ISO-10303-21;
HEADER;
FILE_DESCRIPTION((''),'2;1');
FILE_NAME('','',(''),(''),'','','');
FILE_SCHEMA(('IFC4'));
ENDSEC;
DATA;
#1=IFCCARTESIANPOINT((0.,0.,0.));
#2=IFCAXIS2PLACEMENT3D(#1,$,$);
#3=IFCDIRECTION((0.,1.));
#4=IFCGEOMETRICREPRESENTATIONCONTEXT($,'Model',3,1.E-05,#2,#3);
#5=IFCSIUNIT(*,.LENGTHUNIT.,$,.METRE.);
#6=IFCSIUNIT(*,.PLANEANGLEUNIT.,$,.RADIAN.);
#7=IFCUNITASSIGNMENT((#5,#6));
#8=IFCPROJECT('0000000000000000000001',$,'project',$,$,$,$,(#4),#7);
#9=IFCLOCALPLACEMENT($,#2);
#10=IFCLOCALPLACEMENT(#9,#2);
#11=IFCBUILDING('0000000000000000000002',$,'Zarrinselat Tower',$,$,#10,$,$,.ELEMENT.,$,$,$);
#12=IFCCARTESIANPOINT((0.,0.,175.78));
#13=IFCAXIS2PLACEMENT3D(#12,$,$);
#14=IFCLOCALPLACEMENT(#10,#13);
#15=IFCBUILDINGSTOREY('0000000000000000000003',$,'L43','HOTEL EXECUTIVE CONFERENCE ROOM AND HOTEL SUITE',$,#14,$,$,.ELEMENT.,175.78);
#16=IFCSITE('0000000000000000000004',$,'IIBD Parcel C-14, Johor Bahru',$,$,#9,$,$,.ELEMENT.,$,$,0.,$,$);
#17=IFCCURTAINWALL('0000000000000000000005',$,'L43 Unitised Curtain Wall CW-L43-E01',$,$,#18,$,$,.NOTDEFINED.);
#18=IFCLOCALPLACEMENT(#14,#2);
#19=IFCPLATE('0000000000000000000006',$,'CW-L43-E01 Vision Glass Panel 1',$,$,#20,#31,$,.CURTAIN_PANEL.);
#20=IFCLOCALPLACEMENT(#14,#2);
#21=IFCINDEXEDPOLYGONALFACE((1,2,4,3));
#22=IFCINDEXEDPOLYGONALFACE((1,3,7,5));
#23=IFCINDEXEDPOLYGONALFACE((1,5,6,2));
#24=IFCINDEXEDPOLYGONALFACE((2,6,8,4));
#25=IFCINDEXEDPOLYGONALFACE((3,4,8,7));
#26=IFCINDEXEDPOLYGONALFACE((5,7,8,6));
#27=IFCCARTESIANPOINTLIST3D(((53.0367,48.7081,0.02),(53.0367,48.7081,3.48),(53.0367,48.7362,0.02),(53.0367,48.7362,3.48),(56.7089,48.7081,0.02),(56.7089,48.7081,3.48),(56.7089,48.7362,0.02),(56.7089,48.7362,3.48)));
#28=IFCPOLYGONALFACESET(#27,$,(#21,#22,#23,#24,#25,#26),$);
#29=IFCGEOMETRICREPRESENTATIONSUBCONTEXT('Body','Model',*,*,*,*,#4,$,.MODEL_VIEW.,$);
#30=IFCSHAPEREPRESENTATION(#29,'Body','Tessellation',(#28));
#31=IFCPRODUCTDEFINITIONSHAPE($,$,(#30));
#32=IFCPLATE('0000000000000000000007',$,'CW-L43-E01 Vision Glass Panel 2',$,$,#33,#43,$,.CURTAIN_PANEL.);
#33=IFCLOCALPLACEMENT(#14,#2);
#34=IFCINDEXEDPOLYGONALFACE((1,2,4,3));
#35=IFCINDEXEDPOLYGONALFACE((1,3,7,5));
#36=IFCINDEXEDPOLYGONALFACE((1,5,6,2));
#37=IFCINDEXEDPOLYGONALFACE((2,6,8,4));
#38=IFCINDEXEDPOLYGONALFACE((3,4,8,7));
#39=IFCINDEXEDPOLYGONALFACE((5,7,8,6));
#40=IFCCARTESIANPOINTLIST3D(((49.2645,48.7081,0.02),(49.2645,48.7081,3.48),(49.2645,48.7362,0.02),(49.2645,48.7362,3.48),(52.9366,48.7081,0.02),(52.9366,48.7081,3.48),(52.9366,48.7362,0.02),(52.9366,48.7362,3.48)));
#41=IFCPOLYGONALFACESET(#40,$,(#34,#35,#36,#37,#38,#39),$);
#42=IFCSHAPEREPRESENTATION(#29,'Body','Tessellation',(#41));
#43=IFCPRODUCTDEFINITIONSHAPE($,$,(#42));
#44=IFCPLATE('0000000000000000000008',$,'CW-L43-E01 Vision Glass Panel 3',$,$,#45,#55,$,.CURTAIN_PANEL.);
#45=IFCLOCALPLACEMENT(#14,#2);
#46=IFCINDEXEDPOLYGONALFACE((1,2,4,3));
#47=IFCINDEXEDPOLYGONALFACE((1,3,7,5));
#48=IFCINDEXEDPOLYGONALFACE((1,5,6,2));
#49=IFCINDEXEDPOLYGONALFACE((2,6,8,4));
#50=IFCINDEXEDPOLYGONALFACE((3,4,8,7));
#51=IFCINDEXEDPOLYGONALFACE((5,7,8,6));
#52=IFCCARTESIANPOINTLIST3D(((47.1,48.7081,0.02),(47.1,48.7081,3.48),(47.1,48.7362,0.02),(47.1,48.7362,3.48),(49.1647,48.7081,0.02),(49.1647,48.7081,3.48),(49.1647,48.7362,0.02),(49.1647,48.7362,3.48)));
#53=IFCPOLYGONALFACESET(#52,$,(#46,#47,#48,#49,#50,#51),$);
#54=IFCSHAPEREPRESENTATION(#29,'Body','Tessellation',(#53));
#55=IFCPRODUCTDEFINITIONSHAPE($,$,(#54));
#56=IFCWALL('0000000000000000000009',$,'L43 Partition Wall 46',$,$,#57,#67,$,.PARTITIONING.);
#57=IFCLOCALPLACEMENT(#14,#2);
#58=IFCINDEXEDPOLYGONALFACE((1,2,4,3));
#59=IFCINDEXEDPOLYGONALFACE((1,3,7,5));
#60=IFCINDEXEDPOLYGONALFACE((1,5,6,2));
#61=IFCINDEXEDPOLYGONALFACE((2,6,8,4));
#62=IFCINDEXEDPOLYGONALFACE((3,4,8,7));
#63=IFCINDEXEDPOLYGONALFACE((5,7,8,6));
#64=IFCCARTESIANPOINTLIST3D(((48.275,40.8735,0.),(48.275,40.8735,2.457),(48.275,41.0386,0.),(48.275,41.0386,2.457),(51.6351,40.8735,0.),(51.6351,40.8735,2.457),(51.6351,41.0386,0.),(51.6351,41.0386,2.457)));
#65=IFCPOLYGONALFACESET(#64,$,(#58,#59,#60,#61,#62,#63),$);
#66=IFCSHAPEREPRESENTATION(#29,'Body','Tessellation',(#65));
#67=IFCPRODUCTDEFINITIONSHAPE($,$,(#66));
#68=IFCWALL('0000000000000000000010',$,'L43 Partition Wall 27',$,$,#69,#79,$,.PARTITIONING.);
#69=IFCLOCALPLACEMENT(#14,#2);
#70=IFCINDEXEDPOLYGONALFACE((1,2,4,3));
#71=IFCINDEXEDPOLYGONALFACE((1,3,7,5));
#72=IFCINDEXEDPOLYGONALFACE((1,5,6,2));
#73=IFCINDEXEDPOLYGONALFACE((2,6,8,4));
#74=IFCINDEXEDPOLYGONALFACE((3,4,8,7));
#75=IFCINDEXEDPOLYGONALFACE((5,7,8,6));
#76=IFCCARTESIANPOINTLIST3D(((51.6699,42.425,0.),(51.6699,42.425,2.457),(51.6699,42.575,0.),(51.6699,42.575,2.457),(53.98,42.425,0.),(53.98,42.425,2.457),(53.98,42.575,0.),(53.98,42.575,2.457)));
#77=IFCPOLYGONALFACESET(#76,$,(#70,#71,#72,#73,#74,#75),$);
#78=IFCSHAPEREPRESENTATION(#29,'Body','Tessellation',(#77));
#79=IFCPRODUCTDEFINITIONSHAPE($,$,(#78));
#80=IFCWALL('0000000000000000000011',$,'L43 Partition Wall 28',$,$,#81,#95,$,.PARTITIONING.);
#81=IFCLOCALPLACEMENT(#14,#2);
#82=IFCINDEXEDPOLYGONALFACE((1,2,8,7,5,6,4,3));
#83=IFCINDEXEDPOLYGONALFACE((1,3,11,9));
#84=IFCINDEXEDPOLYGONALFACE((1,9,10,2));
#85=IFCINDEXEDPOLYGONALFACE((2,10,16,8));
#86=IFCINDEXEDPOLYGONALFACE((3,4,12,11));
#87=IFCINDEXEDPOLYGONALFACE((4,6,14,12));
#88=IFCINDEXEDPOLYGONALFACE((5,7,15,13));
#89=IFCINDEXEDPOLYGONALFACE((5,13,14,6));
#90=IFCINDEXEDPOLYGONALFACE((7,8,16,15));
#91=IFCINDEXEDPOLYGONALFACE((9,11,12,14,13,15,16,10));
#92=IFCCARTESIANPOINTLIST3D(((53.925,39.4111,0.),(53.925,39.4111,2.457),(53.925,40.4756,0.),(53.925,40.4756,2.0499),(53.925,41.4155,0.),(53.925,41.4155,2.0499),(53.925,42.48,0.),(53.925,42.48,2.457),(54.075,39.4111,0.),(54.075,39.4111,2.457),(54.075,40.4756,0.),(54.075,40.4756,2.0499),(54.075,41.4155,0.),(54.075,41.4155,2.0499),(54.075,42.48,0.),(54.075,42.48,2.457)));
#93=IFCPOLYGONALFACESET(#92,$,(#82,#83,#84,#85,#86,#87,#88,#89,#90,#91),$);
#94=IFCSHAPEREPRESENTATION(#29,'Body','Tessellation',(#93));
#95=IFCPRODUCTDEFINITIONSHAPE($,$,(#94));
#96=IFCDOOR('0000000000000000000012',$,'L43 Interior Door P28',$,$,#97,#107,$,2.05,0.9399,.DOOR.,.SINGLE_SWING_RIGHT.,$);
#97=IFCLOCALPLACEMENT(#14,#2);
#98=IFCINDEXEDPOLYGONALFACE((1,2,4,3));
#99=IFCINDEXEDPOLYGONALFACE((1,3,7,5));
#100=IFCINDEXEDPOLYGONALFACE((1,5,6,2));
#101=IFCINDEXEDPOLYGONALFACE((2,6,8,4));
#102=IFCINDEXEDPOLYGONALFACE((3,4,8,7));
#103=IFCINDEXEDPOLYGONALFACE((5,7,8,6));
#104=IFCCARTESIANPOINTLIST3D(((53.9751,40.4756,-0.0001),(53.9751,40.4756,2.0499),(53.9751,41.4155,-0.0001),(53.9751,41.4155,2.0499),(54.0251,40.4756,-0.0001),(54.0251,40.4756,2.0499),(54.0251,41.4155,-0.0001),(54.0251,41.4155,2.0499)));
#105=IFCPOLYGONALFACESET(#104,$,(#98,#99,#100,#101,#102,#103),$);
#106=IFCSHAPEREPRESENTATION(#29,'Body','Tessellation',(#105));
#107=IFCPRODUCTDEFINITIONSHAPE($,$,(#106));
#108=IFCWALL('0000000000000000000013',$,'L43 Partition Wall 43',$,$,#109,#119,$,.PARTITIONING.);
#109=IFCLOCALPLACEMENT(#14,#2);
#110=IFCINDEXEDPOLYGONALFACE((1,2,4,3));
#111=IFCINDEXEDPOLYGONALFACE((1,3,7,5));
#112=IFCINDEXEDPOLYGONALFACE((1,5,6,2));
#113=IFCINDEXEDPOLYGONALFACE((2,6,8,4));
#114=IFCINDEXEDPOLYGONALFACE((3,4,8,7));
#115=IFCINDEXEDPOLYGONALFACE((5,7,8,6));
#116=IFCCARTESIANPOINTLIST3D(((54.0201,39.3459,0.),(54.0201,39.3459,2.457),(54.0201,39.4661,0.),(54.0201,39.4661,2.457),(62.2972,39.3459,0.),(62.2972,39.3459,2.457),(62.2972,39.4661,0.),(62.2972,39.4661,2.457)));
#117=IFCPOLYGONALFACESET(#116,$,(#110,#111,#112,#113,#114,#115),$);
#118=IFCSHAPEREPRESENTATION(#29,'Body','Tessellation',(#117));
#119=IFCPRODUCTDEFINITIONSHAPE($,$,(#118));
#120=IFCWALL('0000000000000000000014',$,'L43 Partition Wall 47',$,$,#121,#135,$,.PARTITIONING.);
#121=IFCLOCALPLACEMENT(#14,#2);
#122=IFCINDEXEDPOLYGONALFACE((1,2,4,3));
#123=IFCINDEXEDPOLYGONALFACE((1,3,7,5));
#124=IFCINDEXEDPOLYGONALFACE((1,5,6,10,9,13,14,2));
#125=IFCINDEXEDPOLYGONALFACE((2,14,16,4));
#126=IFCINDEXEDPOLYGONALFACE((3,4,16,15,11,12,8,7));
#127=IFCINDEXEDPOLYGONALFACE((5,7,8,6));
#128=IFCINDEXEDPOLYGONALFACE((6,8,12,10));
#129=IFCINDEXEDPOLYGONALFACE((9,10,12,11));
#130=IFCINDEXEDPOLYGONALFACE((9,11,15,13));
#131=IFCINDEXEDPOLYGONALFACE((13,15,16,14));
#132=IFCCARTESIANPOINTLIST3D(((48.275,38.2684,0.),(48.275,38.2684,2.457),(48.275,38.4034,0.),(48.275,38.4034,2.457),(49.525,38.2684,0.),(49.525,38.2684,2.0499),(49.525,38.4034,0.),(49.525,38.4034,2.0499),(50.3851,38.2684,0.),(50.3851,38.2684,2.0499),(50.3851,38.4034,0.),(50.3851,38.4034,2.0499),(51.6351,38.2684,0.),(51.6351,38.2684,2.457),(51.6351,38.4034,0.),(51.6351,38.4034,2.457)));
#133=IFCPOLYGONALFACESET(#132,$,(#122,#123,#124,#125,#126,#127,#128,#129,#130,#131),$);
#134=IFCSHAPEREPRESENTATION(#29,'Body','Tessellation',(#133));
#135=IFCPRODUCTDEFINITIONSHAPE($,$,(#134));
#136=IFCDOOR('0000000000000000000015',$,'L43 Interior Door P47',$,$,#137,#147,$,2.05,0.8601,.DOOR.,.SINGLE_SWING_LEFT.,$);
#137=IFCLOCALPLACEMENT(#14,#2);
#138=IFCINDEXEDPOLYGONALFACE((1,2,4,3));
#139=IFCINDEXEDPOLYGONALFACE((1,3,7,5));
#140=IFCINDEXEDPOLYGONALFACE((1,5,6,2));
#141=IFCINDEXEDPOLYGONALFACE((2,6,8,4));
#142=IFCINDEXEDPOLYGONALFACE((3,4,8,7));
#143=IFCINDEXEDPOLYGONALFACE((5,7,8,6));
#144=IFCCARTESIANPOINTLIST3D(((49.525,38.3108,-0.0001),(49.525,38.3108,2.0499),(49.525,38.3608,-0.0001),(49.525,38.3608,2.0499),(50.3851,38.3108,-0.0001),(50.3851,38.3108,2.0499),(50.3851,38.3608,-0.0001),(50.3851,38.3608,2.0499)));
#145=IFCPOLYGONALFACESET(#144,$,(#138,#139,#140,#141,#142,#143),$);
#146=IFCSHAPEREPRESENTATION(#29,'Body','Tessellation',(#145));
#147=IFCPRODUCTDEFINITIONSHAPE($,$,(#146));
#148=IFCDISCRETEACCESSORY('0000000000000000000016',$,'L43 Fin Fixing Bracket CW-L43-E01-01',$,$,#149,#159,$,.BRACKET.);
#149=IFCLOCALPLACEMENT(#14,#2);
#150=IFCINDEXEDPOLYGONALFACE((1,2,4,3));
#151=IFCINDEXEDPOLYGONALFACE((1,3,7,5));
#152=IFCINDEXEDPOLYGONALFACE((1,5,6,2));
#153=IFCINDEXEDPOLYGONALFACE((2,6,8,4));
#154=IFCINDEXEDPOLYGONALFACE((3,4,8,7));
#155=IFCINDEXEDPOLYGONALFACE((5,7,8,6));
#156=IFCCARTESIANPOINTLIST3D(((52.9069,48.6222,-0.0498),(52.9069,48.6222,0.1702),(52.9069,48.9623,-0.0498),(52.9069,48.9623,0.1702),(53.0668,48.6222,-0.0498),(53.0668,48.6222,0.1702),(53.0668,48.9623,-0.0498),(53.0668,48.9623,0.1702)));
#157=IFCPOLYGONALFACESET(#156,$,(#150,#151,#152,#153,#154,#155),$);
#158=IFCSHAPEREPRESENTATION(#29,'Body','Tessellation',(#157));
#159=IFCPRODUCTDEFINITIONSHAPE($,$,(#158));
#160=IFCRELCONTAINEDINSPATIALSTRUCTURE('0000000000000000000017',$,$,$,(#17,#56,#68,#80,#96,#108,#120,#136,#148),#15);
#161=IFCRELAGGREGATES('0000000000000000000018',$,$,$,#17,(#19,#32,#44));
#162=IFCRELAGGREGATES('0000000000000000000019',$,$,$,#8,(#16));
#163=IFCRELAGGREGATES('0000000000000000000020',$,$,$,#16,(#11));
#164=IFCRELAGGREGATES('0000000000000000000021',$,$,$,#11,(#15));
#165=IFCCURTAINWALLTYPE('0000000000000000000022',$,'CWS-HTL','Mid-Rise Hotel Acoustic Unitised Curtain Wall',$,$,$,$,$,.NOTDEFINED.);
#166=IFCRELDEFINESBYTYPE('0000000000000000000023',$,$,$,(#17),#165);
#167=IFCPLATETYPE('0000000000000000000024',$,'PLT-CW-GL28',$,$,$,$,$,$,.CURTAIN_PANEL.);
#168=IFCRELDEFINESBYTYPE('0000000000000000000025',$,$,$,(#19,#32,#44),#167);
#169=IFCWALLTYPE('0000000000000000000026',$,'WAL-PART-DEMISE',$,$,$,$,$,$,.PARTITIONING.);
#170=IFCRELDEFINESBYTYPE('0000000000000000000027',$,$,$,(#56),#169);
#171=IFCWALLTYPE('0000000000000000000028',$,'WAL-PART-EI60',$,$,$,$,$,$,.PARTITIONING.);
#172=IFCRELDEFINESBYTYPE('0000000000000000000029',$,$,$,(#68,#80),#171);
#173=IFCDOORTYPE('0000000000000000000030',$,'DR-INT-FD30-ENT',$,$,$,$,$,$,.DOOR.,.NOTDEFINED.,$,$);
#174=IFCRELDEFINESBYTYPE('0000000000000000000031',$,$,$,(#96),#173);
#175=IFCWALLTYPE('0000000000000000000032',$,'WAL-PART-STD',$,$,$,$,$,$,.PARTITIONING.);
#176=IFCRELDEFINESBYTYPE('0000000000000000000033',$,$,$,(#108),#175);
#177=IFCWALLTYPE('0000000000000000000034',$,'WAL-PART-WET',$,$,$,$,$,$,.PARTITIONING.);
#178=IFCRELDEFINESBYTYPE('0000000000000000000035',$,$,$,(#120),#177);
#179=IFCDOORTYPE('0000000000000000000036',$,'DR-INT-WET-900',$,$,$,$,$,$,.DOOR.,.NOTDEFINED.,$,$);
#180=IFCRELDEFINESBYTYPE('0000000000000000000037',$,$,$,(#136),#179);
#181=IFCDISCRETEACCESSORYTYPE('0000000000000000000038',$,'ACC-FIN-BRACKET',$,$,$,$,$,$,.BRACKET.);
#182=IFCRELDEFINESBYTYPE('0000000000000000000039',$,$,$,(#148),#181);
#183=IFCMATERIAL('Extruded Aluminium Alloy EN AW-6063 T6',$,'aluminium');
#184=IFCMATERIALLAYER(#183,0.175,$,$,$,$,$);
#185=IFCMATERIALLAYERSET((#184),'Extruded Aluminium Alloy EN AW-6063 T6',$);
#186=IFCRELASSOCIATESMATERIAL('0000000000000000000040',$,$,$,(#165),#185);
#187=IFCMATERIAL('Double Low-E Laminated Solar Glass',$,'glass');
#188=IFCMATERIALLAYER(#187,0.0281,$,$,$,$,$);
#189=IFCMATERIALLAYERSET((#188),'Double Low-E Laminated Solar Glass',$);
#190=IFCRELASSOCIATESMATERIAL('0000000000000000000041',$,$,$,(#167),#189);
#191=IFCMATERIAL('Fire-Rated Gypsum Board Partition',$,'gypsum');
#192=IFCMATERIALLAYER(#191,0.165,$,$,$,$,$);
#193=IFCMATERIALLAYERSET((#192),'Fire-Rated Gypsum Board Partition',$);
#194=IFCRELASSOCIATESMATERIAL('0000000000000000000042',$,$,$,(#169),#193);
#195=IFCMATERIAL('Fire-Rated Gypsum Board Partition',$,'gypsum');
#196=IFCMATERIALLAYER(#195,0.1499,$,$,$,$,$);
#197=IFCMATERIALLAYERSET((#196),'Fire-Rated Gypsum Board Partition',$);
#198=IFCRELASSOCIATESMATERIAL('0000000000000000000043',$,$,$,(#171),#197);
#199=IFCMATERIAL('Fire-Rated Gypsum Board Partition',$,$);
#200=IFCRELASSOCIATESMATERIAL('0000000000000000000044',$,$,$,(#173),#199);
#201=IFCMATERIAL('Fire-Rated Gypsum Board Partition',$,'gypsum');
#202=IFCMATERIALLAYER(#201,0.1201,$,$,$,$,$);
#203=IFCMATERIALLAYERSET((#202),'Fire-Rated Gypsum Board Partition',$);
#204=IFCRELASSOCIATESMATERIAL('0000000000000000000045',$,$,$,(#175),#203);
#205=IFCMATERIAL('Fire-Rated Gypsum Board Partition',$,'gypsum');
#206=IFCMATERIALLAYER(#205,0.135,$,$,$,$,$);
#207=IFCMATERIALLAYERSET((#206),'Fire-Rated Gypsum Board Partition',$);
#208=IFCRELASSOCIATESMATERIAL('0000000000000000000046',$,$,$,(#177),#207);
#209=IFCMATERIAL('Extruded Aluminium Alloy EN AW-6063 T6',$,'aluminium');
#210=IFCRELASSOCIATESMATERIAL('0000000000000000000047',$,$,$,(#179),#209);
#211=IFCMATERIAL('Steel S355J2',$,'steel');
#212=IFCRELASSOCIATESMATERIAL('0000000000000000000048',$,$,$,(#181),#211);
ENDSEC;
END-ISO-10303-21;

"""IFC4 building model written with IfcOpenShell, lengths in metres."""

from ifc_helpers import new_model, si_unit, direction, frame, frame_2d, origin, origin_2d, place, context, subcontext, project, spatial, rectangle, extrude, material, layer, layer_set, type_object, element, fill, aggregate, save


model = new_model("IFC4")

# Units and contexts
model_context = context("Model", 3, precision=1e-05, world=origin(), true_north=direction((0.0, 1.0)))
body_context = subcontext(model_context, "Body", "Model", "MODEL_VIEW")
ifc_project = project(units=[si_unit("LENGTHUNIT", "METRE"), si_unit("PLANEANGLEUNIT", "RADIAN")], contexts=[model_context])

# Site, building, storey
site_placement = place(None, origin())
site = spatial("IfcSite", under=ifc_project, at=site_placement, Name="IIBD Parcel C-14, Johor Bahru", CompositionType="ELEMENT", RefElevation=0.0)
building_placement = place(site_placement, origin())
building = spatial("IfcBuilding", under=site, at=building_placement, Name="Zarrinselat Tower", CompositionType="ELEMENT")
storey_placement = place(building_placement, frame((0.0, 0.0, 175.78)))
storey = spatial("IfcBuildingStorey", under=building, at=storey_placement, Name="L43", Description="HOTEL EXECUTIVE CONFERENCE ROOM AND HOTEL SUITE", CompositionType="ELEMENT", Elevation=175.78)

# Curtain wall, plates
ifc_material_1 = material(Name="Extruded Aluminium Alloy EN AW-6063 T6", Category="aluminium")
ifc_layer_1 = layer(ifc_material_1, 0.175)
ifc_layer_set_1 = layer_set([ifc_layer_1], Name="Extruded Aluminium Alloy EN AW-6063 T6")
curtain_wall_type = type_object("IfcCurtainWallType", Name="CWS-HTL", Description="Mid-Rise Hotel Acoustic Unitised Curtain Wall", PredefinedType="NOTDEFINED", material=ifc_layer_set_1)
curtain_wall_placement = place(storey_placement, origin())
curtain_wall = element("IfcCurtainWall", 1, at=curtain_wall_placement, inside=storey, type_object=curtain_wall_type, Name="L43 Unitised Curtain Wall CW-L43-E01", PredefinedType="NOTDEFINED")
ifc_material_2 = material(Name="Double Low-E Laminated Solar Glass", Category="glass")
ifc_layer_2 = layer(ifc_material_2, 0.0281)
ifc_layer_set_2 = layer_set([ifc_layer_2], Name="Double Low-E Laminated Solar Glass")
plate_type = type_object("IfcPlateType", Name="PLT-CW-GL28", PredefinedType="CURTAIN_PANEL", material=ifc_layer_set_2)
plate_1_placement = place(storey_placement, frame((54.8728, 48.7222, 0.02), z_axis=(0.0, 0.0, 1.0), x_axis=(-1.0, 0.0, 0.0)))
plate_1 = element("IfcPlate", 2, at=plate_1_placement, type_object=plate_type, Name="CW-L43-E01 Vision Glass Panel 1", PredefinedType="CURTAIN_PANEL", context=body_context, shape_type="SweptSolid", body=[
    extrude(rectangle(XDim=3.6721, YDim=0.0281, at=origin_2d()), origin(), (0.0, 0.0, 1.0), 3.46),
])
plate_2_placement = place(storey_placement, frame((51.1006, 48.7222, 0.02), z_axis=(0.0, 0.0, 1.0), x_axis=(-1.0, 0.0, 0.0)))
plate_2 = element("IfcPlate", 3, at=plate_2_placement, type_object=plate_type, Name="CW-L43-E01 Vision Glass Panel 2", PredefinedType="CURTAIN_PANEL", context=body_context, shape_type="SweptSolid", body=[
    extrude(rectangle(XDim=3.6721, YDim=0.0281, at=origin_2d()), origin(), (0.0, 0.0, 1.0), 3.46),
])
plate_3_placement = place(storey_placement, frame((48.1323, 48.7222, 0.02), z_axis=(0.0, 0.0, 1.0), x_axis=(-1.0, 0.0, 0.0)))
plate_3 = element("IfcPlate", 4, at=plate_3_placement, type_object=plate_type, Name="CW-L43-E01 Vision Glass Panel 3", PredefinedType="CURTAIN_PANEL", context=body_context, shape_type="SweptSolid", body=[
    extrude(rectangle(XDim=2.0647, YDim=0.0281, at=origin_2d()), origin(), (0.0, 0.0, 1.0), 3.46),
])
aggregate(curtain_wall, [plate_1, plate_2, plate_3])

# Walls
ifc_material_3 = material(Name="Fire-Rated Gypsum Board Partition", Category="gypsum")
ifc_layer_3 = layer(ifc_material_3, 0.165)
ifc_layer_set_3 = layer_set([ifc_layer_3], Name="Fire-Rated Gypsum Board Partition")
wall_type_1 = type_object("IfcWallType", Name="WAL-PART-DEMISE", PredefinedType="PARTITIONING", material=ifc_layer_set_3)
wall_1_placement = place(storey_placement, frame((48.2749, 40.9561, 0.0), z_axis=(0.0, 0.0, 1.0), x_axis=(1.0, 0.0, 0.0)))
element("IfcWall", 5, at=wall_1_placement, inside=storey, type_object=wall_type_1, Name="L43 Partition Wall 46", PredefinedType="PARTITIONING", context=body_context, shape_type="SweptSolid", body=[
    extrude(rectangle(XDim=3.3601, YDim=0.165, at=frame_2d((1.6802, 0.0))), origin(), (0.0, 0.0, 1.0), 2.457),
])
ifc_material_4 = material(Name="Fire-Rated Gypsum Board Partition", Category="gypsum")
ifc_layer_4 = layer(ifc_material_4, 0.1499)
ifc_layer_set_4 = layer_set([ifc_layer_4], Name="Fire-Rated Gypsum Board Partition")
wall_type_2 = type_object("IfcWallType", Name="WAL-PART-EI60", PredefinedType="PARTITIONING", material=ifc_layer_set_4)
wall_2_placement = place(storey_placement, frame((51.6699, 42.5, 0.0), z_axis=(0.0, 0.0, 1.0), x_axis=(1.0, 0.0, 0.0)))
element("IfcWall", 6, at=wall_2_placement, inside=storey, type_object=wall_type_2, Name="L43 Partition Wall 27", PredefinedType="PARTITIONING", context=body_context, shape_type="SweptSolid", body=[
    extrude(rectangle(XDim=2.3101, YDim=0.1499, at=frame_2d((1.155, 0.0))), origin(), (0.0, 0.0, 1.0), 2.457),
])

# Wall, opening, door
wall_3_placement = place(storey_placement, frame((54.0, 39.4111, 0.0), z_axis=(0.0, 0.0, 1.0), x_axis=(0.0, 1.0, 0.0)))
wall_3 = element("IfcWall", 7, at=wall_3_placement, inside=storey, type_object=wall_type_2, Name="L43 Partition Wall 28", PredefinedType="PARTITIONING", context=body_context, shape_type="SweptSolid", body=[
    extrude(rectangle(XDim=3.0688, YDim=0.1499, at=frame_2d((1.5344, 0.0))), origin(), (0.0, 0.0, 1.0), 2.457),
])
opening_1_placement = place(wall_3_placement, frame((1.0645, 0.0, 0.0)))
opening_1 = element("IfcOpeningElement", 8, at=opening_1_placement, cuts=wall_3, PredefinedType="OPENING", context=body_context, shape_type="SweptSolid", body=[
    extrude(rectangle(XDim=0.9399, YDim=2.05, at=frame_2d((0.47, 1.0249))), frame((0.0, 0.085, 0.0), z_axis=(0.0, -1.0, 0.0), x_axis=(1.0, 0.0, 0.0)), (0.0, 0.0, 1.0), 0.1699),
])
ifc_material_5 = material(Name="Fire-Rated Gypsum Board Partition")
door_type_1 = type_object("IfcDoorType", Name="DR-INT-FD30-ENT", OperationType="NOTDEFINED", PredefinedType="DOOR", material=ifc_material_5)
door_1_placement = place(opening_1_placement, origin())
door_1 = element("IfcDoor", 9, at=door_1_placement, inside=storey, type_object=door_type_1, Name="L43 Interior Door P28", OperationType="SINGLE_SWING_RIGHT", OverallHeight=2.05, OverallWidth=0.9399, PredefinedType="DOOR", context=body_context, shape_type="SweptSolid", body=[
    extrude(rectangle(XDim=0.9399, YDim=2.05, at=frame_2d((0.47, 1.0249))), frame((0.0, 0.0249, 0.0), z_axis=(0.0, -1.0, 0.0), x_axis=(1.0, 0.0, 0.0)), (0.0, 0.0, 1.0), 0.05),
])
fill(opening_1, door_1)

# Wall
ifc_material_6 = material(Name="Fire-Rated Gypsum Board Partition", Category="gypsum")
ifc_layer_5 = layer(ifc_material_6, 0.1201)
ifc_layer_set_5 = layer_set([ifc_layer_5], Name="Fire-Rated Gypsum Board Partition")
wall_type_3 = type_object("IfcWallType", Name="WAL-PART-STD", PredefinedType="PARTITIONING", material=ifc_layer_set_5)
wall_4_placement = place(storey_placement, frame((54.02, 39.406, 0.0), z_axis=(0.0, 0.0, 1.0), x_axis=(1.0, 0.0, 0.0)))
element("IfcWall", 10, at=wall_4_placement, inside=storey, type_object=wall_type_3, Name="L43 Partition Wall 43", PredefinedType="PARTITIONING", context=body_context, shape_type="SweptSolid", body=[
    extrude(rectangle(XDim=8.2771, YDim=0.1201, at=frame_2d((4.1387, 0.0))), origin(), (0.0, 0.0, 1.0), 2.457),
])

# Wall, opening, door
ifc_material_7 = material(Name="Fire-Rated Gypsum Board Partition", Category="gypsum")
ifc_layer_6 = layer(ifc_material_7, 0.135)
ifc_layer_set_6 = layer_set([ifc_layer_6], Name="Fire-Rated Gypsum Board Partition")
wall_type_4 = type_object("IfcWallType", Name="WAL-PART-WET", PredefinedType="PARTITIONING", material=ifc_layer_set_6)
wall_5_placement = place(storey_placement, frame((48.2749, 38.3359, 0.0), z_axis=(0.0, 0.0, 1.0), x_axis=(1.0, 0.0, 0.0)))
wall_5 = element("IfcWall", 11, at=wall_5_placement, inside=storey, type_object=wall_type_4, Name="L43 Partition Wall 47", PredefinedType="PARTITIONING", context=body_context, shape_type="SweptSolid", body=[
    extrude(rectangle(XDim=3.3601, YDim=0.135, at=frame_2d((1.6802, 0.0))), origin(), (0.0, 0.0, 1.0), 2.457),
])
opening_2_placement = place(wall_5_placement, frame((1.25, 0.0, 0.0)))
opening_2 = element("IfcOpeningElement", 12, at=opening_2_placement, cuts=wall_5, PredefinedType="OPENING", context=body_context, shape_type="SweptSolid", body=[
    extrude(rectangle(XDim=0.8601, YDim=2.05, at=frame_2d((0.4302, 1.0249))), frame((0.0, 0.0774, 0.0), z_axis=(0.0, -1.0, 0.0), x_axis=(1.0, 0.0, 0.0)), (0.0, 0.0, 1.0), 0.155),
])
ifc_material_8 = material(Name="Extruded Aluminium Alloy EN AW-6063 T6", Category="aluminium")
door_type_2 = type_object("IfcDoorType", Name="DR-INT-WET-900", OperationType="NOTDEFINED", PredefinedType="DOOR", material=ifc_material_8)
door_2_placement = place(opening_2_placement, origin())
door_2 = element("IfcDoor", 13, at=door_2_placement, inside=storey, type_object=door_type_2, Name="L43 Interior Door P47", OperationType="SINGLE_SWING_LEFT", OverallHeight=2.05, OverallWidth=0.8601, PredefinedType="DOOR", context=body_context, shape_type="SweptSolid", body=[
    extrude(rectangle(XDim=0.8601, YDim=2.05, at=frame_2d((0.4302, 1.0249))), frame((0.0, 0.0249, 0.0), z_axis=(0.0, -1.0, 0.0), x_axis=(1.0, 0.0, 0.0)), (0.0, 0.0, 1.0), 0.05),
])
fill(opening_2, door_2)

# Discrete accessory
ifc_material_9 = material(Name="Steel S355J2", Category="steel")
discrete_accessory_type = type_object("IfcDiscreteAccessoryType", Name="ACC-FIN-BRACKET", PredefinedType="BRACKET", material=ifc_material_9)
discrete_accessory_placement = place(storey_placement, frame((52.9868, 48.7922, -0.0498), z_axis=(0.0, 0.0, 1.0), x_axis=(0.0, 1.0, 0.0)))
element("IfcDiscreteAccessory", 14, at=discrete_accessory_placement, inside=storey, type_object=discrete_accessory_type, Name="L43 Fin Fixing Bracket CW-L43-E01-01", PredefinedType="BRACKET", context=body_context, shape_type="SweptSolid", body=[
    extrude(rectangle(XDim=0.3401, YDim=0.1599, at=origin_2d()), origin(), (0.0, 0.0, 1.0), 0.22),
])

save(model, "model.ifc")
